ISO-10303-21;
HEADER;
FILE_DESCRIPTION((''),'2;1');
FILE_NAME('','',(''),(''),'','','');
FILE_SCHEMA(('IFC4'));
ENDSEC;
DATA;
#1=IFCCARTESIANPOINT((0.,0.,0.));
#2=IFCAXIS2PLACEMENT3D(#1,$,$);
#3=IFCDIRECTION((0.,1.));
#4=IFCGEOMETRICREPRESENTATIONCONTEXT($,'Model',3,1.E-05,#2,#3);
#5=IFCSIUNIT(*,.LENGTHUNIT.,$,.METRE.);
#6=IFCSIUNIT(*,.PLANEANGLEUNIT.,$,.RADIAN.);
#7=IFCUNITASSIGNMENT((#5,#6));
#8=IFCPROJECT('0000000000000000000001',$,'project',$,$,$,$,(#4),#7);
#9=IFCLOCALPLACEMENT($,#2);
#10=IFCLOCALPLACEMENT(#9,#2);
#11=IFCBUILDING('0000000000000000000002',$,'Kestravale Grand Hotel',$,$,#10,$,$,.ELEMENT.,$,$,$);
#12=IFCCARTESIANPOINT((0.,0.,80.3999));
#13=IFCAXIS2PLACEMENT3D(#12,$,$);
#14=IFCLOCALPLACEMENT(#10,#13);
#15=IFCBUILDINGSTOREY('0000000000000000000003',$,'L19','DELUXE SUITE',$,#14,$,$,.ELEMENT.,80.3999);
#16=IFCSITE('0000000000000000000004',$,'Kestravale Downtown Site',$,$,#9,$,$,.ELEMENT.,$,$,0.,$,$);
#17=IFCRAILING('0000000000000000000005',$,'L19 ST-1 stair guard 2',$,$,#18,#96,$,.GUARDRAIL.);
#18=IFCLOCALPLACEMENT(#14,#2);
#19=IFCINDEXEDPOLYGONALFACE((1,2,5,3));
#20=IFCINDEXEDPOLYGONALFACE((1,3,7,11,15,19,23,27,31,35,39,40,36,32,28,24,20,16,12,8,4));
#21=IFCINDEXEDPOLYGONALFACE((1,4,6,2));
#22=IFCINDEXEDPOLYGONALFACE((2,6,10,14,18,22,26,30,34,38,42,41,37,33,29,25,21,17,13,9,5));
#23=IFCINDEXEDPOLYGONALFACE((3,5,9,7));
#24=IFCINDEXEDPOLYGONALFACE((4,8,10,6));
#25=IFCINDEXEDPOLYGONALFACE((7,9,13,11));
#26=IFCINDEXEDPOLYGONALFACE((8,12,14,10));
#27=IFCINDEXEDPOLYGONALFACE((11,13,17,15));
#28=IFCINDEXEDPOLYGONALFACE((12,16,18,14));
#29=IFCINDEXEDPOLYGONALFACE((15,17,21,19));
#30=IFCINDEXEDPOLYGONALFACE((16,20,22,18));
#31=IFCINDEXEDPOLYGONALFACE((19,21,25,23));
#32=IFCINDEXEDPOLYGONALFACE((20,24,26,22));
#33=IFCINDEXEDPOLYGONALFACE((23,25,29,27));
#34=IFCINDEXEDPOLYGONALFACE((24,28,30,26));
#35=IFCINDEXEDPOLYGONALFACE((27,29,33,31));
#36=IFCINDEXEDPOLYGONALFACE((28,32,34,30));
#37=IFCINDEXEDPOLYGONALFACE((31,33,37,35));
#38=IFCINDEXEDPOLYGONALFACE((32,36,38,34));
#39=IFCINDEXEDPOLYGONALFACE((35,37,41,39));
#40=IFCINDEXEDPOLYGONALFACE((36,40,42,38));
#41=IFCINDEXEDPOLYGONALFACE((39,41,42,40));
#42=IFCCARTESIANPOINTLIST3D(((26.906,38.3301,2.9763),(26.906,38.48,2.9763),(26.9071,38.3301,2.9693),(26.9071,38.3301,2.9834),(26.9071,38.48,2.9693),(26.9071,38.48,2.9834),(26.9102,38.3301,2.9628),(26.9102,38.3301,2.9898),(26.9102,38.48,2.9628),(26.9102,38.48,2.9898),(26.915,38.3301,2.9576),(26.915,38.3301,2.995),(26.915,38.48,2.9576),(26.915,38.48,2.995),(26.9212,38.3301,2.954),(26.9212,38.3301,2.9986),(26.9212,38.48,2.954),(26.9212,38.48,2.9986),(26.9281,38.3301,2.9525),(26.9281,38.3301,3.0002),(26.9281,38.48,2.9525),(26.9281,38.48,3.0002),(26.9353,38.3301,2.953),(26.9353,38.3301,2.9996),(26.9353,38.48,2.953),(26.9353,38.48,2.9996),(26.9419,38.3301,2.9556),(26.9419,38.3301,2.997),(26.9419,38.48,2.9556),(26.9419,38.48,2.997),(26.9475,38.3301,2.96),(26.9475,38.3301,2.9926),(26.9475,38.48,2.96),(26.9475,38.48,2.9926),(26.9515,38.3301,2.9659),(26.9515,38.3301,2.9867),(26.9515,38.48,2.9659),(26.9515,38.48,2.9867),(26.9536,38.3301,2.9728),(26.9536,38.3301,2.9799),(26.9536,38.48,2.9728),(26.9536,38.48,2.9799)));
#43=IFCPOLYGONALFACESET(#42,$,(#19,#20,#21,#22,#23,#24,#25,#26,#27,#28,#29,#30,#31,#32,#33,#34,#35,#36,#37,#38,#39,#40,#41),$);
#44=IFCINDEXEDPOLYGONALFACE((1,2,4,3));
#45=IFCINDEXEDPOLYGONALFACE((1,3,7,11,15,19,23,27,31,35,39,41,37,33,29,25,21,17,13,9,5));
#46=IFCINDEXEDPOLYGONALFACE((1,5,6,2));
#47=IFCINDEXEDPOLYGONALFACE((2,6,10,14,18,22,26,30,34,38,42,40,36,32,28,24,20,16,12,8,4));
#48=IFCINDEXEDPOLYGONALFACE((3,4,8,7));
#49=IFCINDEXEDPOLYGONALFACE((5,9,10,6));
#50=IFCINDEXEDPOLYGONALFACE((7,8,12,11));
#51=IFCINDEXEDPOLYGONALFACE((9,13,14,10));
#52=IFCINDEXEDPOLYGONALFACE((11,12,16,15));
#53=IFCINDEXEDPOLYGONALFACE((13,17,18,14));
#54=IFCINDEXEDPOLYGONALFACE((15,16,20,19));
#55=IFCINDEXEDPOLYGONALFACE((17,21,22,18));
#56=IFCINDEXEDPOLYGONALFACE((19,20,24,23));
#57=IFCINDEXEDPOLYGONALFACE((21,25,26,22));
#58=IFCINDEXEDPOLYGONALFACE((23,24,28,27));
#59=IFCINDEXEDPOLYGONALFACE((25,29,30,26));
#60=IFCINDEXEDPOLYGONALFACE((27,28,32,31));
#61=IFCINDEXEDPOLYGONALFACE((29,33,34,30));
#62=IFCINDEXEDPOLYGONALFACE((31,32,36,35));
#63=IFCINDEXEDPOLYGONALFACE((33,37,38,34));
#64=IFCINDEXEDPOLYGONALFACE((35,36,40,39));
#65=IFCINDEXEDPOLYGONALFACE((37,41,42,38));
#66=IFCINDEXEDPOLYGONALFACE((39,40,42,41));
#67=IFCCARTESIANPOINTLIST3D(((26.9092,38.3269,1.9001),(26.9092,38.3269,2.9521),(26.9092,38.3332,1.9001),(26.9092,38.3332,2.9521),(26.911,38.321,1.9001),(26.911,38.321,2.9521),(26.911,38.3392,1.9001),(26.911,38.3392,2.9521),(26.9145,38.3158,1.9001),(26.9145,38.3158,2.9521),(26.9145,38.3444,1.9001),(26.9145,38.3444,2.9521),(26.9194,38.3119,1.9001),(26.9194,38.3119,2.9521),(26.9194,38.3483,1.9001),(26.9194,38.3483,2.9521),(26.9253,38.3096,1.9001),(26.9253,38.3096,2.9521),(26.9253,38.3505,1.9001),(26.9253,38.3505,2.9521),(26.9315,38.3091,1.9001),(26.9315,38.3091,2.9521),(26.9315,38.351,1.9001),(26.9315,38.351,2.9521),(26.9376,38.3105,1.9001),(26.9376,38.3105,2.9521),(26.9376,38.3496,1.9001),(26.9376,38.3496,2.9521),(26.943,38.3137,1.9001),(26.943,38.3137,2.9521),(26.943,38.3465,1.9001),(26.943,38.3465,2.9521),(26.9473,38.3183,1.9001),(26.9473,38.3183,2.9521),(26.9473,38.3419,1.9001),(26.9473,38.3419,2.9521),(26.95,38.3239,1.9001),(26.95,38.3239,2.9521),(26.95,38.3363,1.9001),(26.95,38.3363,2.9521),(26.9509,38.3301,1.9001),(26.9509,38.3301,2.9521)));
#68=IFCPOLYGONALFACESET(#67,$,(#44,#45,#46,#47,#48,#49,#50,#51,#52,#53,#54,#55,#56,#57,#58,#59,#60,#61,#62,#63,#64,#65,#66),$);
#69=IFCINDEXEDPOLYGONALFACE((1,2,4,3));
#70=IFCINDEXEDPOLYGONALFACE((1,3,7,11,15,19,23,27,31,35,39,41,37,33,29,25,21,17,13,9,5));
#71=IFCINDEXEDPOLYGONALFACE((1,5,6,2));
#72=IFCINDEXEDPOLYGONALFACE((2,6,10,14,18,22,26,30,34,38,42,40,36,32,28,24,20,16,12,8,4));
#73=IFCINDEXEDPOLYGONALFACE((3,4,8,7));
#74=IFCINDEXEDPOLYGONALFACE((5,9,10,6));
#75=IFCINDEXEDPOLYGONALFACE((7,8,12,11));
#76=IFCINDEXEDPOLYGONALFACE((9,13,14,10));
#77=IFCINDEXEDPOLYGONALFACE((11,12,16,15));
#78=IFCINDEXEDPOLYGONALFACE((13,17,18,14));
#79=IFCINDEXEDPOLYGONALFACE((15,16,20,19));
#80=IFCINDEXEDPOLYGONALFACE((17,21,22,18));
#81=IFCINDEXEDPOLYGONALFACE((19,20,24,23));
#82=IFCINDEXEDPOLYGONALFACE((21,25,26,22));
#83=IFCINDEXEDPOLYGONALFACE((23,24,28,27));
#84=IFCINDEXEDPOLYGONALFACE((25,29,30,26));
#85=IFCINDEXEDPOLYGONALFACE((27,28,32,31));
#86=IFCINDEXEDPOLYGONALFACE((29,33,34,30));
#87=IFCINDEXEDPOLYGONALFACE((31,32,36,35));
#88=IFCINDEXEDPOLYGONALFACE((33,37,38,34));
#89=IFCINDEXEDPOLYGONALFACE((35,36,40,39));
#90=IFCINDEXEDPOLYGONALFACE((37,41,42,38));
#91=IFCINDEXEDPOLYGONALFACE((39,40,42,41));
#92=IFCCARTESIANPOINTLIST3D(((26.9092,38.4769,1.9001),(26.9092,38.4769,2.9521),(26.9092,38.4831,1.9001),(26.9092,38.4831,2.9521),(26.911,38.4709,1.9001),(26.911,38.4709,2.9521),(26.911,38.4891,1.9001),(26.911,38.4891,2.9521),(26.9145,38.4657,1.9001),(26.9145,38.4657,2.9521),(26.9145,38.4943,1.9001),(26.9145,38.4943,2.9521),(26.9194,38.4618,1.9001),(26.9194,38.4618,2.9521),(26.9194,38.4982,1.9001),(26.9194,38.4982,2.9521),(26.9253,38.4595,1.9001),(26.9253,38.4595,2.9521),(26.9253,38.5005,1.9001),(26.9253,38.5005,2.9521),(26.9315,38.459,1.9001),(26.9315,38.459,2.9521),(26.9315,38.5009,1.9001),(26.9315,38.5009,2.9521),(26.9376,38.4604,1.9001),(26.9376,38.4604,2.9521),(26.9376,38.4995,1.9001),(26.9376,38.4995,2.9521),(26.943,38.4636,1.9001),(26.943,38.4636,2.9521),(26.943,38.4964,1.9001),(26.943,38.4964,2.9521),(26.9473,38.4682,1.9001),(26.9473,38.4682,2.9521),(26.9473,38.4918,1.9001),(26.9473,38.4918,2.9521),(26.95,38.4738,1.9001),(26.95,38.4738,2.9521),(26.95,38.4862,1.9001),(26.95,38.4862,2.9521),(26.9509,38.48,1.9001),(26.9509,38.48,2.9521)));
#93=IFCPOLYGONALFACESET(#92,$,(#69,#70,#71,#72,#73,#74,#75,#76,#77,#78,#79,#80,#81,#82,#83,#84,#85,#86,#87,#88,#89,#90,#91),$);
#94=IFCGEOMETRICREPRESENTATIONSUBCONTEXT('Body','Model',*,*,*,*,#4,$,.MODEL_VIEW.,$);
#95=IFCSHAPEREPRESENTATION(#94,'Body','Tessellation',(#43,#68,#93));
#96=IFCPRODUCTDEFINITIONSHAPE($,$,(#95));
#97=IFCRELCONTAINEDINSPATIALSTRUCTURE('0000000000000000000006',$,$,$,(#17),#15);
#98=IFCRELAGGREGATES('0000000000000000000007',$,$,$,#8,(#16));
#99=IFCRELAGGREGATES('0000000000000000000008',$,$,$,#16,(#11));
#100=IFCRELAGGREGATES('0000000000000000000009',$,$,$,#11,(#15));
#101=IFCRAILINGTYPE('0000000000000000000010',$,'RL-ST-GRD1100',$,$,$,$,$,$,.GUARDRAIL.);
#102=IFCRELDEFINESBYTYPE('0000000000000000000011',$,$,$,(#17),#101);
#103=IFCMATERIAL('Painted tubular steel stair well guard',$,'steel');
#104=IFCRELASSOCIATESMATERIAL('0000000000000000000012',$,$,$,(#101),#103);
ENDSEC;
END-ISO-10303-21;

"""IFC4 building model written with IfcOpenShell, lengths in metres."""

from ifc_helpers import new_model, si_unit, direction, frame, origin, origin_2d, place, context, subcontext, project, spatial, circle, extrude, material, type_object, element, save


model = new_model("IFC4")

# Units and contexts
model_context = context("Model", 3, precision=1e-05, world=origin(), true_north=direction((0.0, 1.0)))
body_context = subcontext(model_context, "Body", "Model", "MODEL_VIEW")
ifc_project = project(units=[si_unit("LENGTHUNIT", "METRE"), si_unit("PLANEANGLEUNIT", "RADIAN")], contexts=[model_context])

# Site, building, storey
site_placement = place(None, origin())
site = spatial("IfcSite", under=ifc_project, at=site_placement, Name="Kestravale Downtown Site", CompositionType="ELEMENT", RefElevation=0.0)
building_placement = place(site_placement, origin())
building = spatial("IfcBuilding", under=site, at=building_placement, Name="Kestravale Grand Hotel", CompositionType="ELEMENT")
storey_placement = place(building_placement, frame((0.0, 0.0, 80.3999)))
storey = spatial("IfcBuildingStorey", under=building, at=storey_placement, Name="L19", Description="DELUXE SUITE", CompositionType="ELEMENT", Elevation=80.3999)

# Railing
ifc_material_1 = material(Name="Painted tubular steel stair well guard", Category="steel")
railing_type_1 = type_object("IfcRailingType", Name="RL-ST-GRD1100", PredefinedType="GUARDRAIL", material=ifc_material_1)
railing_1_placement = place(storey_placement, frame((26.9299, 38.3301, 1.9001)))
element("IfcRailing", 1, at=railing_1_placement, inside=storey, type_object=railing_type_1, Name="L19 ST-1 stair guard 2", PredefinedType="GUARDRAIL", context=body_context, shape_type="SweptSolid", body=[
    extrude(circle(Radius=0.0239, at=origin_2d()), frame((0.0, 0.0, 1.0762), z_axis=(0.0, 1.0, 0.0), x_axis=(-1.0, 0.0, 0.0)), (0.0, 0.0, 1.0), 0.1499),
    extrude(circle(Radius=0.021, at=origin_2d()), origin(), (0.0, 0.0, 1.0), 1.052),
    extrude(circle(Radius=0.021, at=origin_2d()), frame((0.0, 0.1499, 0.0)), (0.0, 0.0, 1.0), 1.052),
])

save(model, "model.ifc")
